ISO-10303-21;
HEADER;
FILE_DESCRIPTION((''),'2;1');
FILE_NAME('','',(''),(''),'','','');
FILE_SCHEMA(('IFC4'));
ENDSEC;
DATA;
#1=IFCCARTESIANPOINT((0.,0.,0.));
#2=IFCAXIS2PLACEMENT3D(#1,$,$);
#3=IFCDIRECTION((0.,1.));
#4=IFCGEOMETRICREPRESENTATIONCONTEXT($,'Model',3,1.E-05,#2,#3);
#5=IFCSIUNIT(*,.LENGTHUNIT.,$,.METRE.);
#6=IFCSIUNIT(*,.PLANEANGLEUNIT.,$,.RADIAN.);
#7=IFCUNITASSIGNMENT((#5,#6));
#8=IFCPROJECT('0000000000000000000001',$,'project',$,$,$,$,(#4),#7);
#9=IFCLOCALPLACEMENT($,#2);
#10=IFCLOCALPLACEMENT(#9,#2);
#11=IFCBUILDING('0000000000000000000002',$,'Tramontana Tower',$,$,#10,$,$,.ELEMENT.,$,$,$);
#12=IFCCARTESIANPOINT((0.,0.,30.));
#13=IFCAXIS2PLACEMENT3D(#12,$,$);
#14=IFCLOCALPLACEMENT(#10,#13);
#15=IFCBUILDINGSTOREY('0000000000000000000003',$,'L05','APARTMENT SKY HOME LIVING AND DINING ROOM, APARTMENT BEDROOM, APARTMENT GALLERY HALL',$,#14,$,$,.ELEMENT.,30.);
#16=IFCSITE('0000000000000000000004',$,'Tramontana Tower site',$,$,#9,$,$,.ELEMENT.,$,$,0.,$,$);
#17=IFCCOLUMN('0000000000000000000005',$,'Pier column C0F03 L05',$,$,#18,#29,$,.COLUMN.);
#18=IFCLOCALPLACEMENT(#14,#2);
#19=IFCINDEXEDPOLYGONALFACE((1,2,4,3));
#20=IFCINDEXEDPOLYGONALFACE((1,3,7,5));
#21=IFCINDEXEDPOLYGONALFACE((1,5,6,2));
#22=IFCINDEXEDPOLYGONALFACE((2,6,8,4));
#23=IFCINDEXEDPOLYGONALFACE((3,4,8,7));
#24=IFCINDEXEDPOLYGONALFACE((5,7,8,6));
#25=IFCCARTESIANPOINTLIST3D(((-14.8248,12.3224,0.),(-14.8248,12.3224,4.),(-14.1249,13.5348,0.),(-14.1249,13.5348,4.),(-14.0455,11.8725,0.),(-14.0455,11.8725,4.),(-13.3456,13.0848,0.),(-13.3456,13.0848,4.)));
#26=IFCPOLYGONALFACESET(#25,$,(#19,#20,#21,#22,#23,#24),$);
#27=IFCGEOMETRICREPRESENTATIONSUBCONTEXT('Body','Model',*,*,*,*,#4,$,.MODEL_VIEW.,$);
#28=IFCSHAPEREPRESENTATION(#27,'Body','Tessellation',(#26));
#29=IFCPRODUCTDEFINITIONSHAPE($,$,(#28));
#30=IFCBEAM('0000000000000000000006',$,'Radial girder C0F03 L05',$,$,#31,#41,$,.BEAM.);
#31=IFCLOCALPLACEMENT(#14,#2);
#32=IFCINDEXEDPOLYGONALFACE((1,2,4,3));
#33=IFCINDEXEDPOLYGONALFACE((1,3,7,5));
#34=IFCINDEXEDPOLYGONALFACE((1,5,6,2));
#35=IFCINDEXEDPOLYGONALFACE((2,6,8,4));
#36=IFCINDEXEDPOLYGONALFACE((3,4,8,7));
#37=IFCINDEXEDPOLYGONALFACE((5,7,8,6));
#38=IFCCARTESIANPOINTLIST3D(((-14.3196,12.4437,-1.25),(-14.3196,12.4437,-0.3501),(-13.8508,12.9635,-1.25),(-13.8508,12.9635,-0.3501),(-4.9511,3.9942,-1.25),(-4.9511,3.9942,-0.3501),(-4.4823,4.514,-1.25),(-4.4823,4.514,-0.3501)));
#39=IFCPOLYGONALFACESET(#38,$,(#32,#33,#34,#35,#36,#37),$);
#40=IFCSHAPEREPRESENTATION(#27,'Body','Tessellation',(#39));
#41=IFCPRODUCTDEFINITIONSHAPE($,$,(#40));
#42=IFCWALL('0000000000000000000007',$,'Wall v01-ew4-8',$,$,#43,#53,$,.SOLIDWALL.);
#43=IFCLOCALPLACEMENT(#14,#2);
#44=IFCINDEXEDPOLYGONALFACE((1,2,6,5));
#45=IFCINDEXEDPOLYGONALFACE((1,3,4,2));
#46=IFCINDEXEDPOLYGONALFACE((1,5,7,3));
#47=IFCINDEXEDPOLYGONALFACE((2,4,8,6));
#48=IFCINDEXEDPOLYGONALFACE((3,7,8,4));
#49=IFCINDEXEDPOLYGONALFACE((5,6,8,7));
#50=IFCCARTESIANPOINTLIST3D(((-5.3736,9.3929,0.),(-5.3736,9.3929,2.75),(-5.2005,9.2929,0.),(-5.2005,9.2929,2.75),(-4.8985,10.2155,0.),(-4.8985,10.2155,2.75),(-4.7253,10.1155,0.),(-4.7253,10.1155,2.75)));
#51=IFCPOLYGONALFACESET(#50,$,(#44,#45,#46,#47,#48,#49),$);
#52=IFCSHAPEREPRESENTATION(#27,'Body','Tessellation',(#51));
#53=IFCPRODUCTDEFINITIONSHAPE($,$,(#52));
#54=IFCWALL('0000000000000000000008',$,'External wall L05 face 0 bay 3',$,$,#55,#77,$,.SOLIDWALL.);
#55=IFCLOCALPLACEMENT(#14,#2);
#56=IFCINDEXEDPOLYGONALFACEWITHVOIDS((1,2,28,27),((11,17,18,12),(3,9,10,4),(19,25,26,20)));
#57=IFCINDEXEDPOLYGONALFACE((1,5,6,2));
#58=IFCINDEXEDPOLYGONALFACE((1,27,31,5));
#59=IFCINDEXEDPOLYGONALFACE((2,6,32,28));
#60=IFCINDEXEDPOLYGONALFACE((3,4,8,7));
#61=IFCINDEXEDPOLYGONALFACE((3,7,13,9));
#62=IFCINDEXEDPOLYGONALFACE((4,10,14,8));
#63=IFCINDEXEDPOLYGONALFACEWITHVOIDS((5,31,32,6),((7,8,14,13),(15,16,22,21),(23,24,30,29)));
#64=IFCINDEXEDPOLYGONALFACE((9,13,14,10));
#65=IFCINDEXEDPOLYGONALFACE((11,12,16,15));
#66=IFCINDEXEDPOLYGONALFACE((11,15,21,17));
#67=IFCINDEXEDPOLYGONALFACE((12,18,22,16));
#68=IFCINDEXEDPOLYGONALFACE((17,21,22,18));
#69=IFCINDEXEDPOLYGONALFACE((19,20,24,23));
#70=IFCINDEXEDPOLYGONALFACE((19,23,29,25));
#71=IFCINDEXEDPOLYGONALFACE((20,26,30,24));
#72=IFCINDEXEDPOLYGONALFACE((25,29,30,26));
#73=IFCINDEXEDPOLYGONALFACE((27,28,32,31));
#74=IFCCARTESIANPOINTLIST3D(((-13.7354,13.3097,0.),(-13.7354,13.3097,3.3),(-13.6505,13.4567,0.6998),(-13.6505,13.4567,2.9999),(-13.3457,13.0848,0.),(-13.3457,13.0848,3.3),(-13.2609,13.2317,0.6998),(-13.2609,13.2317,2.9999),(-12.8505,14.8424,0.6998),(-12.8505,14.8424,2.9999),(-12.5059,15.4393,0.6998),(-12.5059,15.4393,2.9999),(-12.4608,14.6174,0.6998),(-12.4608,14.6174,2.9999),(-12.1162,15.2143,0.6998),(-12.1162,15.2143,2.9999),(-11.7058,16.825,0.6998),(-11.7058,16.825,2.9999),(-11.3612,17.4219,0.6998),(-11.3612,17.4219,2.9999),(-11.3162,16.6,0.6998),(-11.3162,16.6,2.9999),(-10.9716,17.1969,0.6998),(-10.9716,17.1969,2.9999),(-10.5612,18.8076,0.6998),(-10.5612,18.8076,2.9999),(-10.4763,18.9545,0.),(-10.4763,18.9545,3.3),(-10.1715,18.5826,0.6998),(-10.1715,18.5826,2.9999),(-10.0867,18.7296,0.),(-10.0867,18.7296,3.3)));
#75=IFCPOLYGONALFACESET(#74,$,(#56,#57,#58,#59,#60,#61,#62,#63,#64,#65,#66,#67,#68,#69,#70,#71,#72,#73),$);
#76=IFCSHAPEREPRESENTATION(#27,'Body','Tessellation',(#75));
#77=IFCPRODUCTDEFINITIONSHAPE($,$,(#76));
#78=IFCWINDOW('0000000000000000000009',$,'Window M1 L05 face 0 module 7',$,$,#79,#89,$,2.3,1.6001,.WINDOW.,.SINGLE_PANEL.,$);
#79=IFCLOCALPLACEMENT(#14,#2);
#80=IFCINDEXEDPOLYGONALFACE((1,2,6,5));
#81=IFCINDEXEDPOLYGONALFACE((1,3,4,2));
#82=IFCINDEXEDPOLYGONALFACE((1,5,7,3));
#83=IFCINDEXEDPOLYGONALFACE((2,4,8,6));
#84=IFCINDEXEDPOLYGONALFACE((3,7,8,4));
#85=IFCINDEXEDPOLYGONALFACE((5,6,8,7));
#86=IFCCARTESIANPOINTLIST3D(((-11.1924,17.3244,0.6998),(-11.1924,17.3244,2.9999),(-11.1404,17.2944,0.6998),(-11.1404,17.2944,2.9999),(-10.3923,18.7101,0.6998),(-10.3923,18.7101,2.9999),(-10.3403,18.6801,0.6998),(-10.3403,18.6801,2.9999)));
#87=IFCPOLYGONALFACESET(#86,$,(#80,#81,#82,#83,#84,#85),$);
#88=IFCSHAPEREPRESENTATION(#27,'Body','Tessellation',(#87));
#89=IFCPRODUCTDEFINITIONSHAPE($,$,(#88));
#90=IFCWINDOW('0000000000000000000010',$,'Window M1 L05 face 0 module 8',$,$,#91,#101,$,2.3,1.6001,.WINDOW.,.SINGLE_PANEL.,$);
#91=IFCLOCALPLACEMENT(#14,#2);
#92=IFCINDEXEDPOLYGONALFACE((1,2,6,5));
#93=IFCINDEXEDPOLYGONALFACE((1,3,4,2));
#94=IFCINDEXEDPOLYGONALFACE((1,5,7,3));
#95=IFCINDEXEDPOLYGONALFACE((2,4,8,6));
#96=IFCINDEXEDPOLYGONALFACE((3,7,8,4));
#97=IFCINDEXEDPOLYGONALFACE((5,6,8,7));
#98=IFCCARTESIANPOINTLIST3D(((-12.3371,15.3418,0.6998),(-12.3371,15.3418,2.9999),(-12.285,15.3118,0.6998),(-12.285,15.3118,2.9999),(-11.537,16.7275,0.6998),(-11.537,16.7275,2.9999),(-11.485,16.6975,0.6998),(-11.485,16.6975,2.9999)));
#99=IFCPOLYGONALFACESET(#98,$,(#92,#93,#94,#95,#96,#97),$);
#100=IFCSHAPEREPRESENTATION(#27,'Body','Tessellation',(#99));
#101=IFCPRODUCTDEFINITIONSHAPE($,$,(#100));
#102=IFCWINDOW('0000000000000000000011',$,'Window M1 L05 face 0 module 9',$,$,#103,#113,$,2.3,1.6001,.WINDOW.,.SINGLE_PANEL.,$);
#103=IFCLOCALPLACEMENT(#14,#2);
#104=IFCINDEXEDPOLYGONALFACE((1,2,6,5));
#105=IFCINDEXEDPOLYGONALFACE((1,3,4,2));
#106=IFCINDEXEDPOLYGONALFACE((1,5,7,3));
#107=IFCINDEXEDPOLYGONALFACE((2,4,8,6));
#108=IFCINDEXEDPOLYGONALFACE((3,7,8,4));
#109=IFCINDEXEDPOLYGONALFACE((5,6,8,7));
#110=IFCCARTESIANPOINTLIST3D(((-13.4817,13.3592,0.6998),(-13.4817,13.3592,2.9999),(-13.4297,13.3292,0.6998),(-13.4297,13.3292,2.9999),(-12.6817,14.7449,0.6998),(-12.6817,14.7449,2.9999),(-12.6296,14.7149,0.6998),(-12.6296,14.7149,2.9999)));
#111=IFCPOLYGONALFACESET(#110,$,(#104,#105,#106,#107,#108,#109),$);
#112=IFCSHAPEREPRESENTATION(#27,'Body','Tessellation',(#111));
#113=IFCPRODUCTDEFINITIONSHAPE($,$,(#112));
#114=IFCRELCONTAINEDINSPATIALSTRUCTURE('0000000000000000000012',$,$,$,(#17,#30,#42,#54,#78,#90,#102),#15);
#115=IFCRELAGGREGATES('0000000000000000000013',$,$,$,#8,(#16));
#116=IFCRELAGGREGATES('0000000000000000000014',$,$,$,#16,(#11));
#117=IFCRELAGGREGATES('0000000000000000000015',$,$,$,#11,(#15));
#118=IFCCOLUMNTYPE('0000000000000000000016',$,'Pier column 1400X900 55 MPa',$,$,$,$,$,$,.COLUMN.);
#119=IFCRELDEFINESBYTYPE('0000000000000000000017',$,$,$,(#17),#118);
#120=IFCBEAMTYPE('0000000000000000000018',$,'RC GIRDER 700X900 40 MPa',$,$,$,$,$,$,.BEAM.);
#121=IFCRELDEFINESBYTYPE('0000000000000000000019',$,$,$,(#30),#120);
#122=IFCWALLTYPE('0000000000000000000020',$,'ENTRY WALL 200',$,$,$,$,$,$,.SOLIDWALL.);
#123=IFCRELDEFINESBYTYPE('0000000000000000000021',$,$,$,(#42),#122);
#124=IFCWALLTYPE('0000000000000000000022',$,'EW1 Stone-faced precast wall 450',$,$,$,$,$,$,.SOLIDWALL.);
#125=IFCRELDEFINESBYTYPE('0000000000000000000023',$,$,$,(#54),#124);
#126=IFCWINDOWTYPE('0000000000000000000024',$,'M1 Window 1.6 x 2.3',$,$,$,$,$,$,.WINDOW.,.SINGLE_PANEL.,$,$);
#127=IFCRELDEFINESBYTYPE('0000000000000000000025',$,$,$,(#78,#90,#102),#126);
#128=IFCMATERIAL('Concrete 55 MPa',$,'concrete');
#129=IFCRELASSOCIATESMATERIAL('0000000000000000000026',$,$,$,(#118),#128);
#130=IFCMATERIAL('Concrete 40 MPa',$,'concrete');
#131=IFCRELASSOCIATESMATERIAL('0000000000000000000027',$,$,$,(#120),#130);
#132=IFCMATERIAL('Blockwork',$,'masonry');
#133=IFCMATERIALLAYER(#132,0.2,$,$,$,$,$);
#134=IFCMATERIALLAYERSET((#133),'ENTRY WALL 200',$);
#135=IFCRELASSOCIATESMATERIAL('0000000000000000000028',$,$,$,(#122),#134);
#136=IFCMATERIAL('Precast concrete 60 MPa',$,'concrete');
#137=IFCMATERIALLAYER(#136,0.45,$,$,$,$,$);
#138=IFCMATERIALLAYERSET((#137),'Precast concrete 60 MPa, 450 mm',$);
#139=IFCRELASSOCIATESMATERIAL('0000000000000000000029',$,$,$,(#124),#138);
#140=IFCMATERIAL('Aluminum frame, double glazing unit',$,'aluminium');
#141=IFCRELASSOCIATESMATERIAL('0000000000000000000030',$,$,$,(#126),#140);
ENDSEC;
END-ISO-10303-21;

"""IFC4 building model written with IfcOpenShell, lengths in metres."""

from ifc_helpers import new_model, si_unit, direction, frame, frame_2d, origin, origin_2d, place, context, subcontext, project, spatial, rectangle, extrude, material, layer, layer_set, material_profile, profile_set, type_object, element, fill, save


model = new_model("IFC4")

# Units and contexts
model_context = context("Model", 3, precision=1e-05, world=origin(), true_north=direction((0.0, 1.0)))
body_context = subcontext(model_context, "Body", "Model", "MODEL_VIEW")
ifc_project = project(units=[si_unit("LENGTHUNIT", "METRE"), si_unit("PLANEANGLEUNIT", "RADIAN")], contexts=[model_context])

# Site, building, storey
site_placement = place(None, origin())
site = spatial("IfcSite", under=ifc_project, at=site_placement, Name="Tramontana Tower site", CompositionType="ELEMENT", RefElevation=0.0)
building_placement = place(site_placement, origin())
building = spatial("IfcBuilding", under=site, at=building_placement, Name="Tramontana Tower", CompositionType="ELEMENT")
storey_placement = place(building_placement, frame((0.0, 0.0, 30.0)))
storey = spatial("IfcBuildingStorey", under=building, at=storey_placement, Name="L05", Description="APARTMENT SKY HOME LIVING AND DINING ROOM, APARTMENT BEDROOM, APARTMENT GALLERY HALL", CompositionType="ELEMENT", Elevation=30.0)

# Column
ifc_material_1 = material(Name="Concrete 55 MPa", Category="concrete")
ifc_material_profile_1 = material_profile(ifc_material_1, rectangle(XDim=1.3999, YDim=0.8999, at=origin_2d()), Name="Pier column 1400X900 55 MPa")
ifc_profile_set_1 = profile_set([ifc_material_profile_1], Name="Concrete 55 MPa")
column_type = type_object("IfcColumnType", Name="Pier column 1400X900 55 MPa", PredefinedType="COLUMN", material=ifc_profile_set_1)
column_placement = place(storey_placement, frame((-14.0852, 12.7036, 0.0), z_axis=(0.0, 0.0, 1.0), x_axis=(-0.5, -0.866025, 0.0)))
element("IfcColumn", 1, at=column_placement, inside=storey, type_object=column_type, Name="Pier column C0F03 L05", PredefinedType="COLUMN", context=body_context, shape_type="SweptSolid", body=[
    extrude(rectangle(XDim=1.3999, YDim=0.8999, at=origin_2d()), origin(), (0.0, 0.0, 1.0), 4.0),
])

# Beam
ifc_material_2 = material(Name="Concrete 40 MPa", Category="concrete")
ifc_material_profile_2 = material_profile(ifc_material_2, rectangle(XDim=0.7, YDim=0.8999, at=origin_2d()), Name="RC GIRDER 700X900 40 MPa")
ifc_profile_set_2 = profile_set([ifc_material_profile_2], Name="Concrete 40 MPa")
beam_type = type_object("IfcBeamType", Name="RC GIRDER 700X900 40 MPa", PredefinedType="BEAM", material=ifc_profile_set_2)
beam_placement = place(storey_placement, frame((-14.0852, 12.7036, -0.8), z_axis=(0.742588, -0.669748, 0.0), x_axis=(0.669748, 0.742588, 0.0)))
element("IfcBeam", 2, at=beam_placement, inside=storey, type_object=beam_type, Name="Radial girder C0F03 L05", PredefinedType="BEAM", context=body_context, shape_type="SweptSolid", body=[
    extrude(rectangle(XDim=0.7, YDim=0.8999, at=origin_2d()), origin(), (0.0, 0.0, 1.0), 12.616),
])

# Wall
ifc_material_3 = material(Name="Blockwork", Category="masonry")
ifc_layer_1 = layer(ifc_material_3, 0.2)
ifc_layer_set_1 = layer_set([ifc_layer_1], Name="ENTRY WALL 200")
wall_type_1 = type_object("IfcWallType", Name="ENTRY WALL 200", PredefinedType="SOLIDWALL", material=ifc_layer_set_1)
wall_1_placement = place(storey_placement, frame((-5.2871, 9.3428, 0.0), z_axis=(0.0, 0.0, 1.0), x_axis=(0.500175, 0.865924, 0.0)))
element("IfcWall", 3, at=wall_1_placement, inside=storey, type_object=wall_type_1, Name="Wall v01-ew4-8", PredefinedType="SOLIDWALL", context=body_context, shape_type="SweptSolid", body=[
    extrude(rectangle(XDim=0.95, YDim=0.2, at=frame_2d((0.4751, 0.0))), origin(), (0.0, 0.0, 1.0), 2.75),
])

# Wall, openings, windows
ifc_material_4 = material(Name="Precast concrete 60 MPa", Category="concrete")
ifc_layer_2 = layer(ifc_material_4, 0.45)
ifc_layer_set_2 = layer_set([ifc_layer_2], Name="Precast concrete 60 MPa, 450 mm")
wall_type_2 = type_object("IfcWallType", Name="EW1 Stone-faced precast wall 450", PredefinedType="SOLIDWALL", material=ifc_layer_set_2)
wall_2_placement = place(storey_placement, frame((-10.2815, 18.842, 0.0), z_axis=(0.0, 0.0, 1.0), x_axis=(-0.500002, -0.866024, 0.0)))
wall_2 = element("IfcWall", 4, at=wall_2_placement, inside=storey, type_object=wall_type_2, Name="External wall L05 face 0 bay 3", PredefinedType="SOLIDWALL", context=body_context, shape_type="SweptSolid", body=[
    extrude(rectangle(XDim=6.5181, YDim=0.45, at=frame_2d((3.259, 0.0))), origin(), (0.0, 0.0, 1.0), 3.3),
])
opening_1_placement = place(wall_2_placement, frame((0.1697, 0.0, 0.7)))
opening_1 = element("IfcOpeningElement", 5, at=opening_1_placement, cuts=wall_2, PredefinedType="OPENING", context=body_context, shape_type="SweptSolid", body=[
    extrude(rectangle(XDim=1.6001, YDim=2.3, at=frame_2d((0.8, 1.1499))), frame((0.0, 0.2349, 0.0), z_axis=(0.0, -1.0, 0.0), x_axis=(1.0, 0.0, 0.0)), (0.0, 0.0, 1.0), 0.47),
])
opening_2_placement = place(wall_2_placement, frame((2.459, 0.0, 0.7)))
opening_2 = element("IfcOpeningElement", 6, at=opening_2_placement, cuts=wall_2, PredefinedType="OPENING", context=body_context, shape_type="SweptSolid", body=[
    extrude(rectangle(XDim=1.6001, YDim=2.3, at=frame_2d((0.8, 1.1499))), frame((0.0, 0.2349, 0.0), z_axis=(0.0, -1.0, 0.0), x_axis=(1.0, 0.0, 0.0)), (0.0, 0.0, 1.0), 0.47),
])
opening_3_placement = place(wall_2_placement, frame((4.7483, 0.0, 0.7)))
opening_3 = element("IfcOpeningElement", 7, at=opening_3_placement, cuts=wall_2, PredefinedType="OPENING", context=body_context, shape_type="SweptSolid", body=[
    extrude(rectangle(XDim=1.6001, YDim=2.3, at=frame_2d((0.8, 1.1499))), frame((0.0, 0.2349, 0.0), z_axis=(0.0, -1.0, 0.0), x_axis=(1.0, 0.0, 0.0)), (0.0, 0.0, 1.0), 0.47),
])
ifc_material_5 = material(Name="Aluminum frame, double glazing unit", Category="aluminium")
window_type = type_object("IfcWindowType", Name="M1 Window 1.6 x 2.3", PartitioningType="SINGLE_PANEL", PredefinedType="WINDOW", material=ifc_material_5)
window_1_placement = place(opening_1_placement, origin())
window_1 = element("IfcWindow", 8, at=window_1_placement, inside=storey, type_object=window_type, Name="Window M1 L05 face 0 module 7", OverallHeight=2.3, OverallWidth=1.6001, PartitioningType="SINGLE_PANEL", PredefinedType="WINDOW", context=body_context, shape_type="SweptSolid", body=[
    extrude(rectangle(XDim=1.6001, YDim=2.3, at=frame_2d((0.8, 1.1499))), frame((0.0, 0.03, 0.0), z_axis=(0.0, -1.0, 0.0), x_axis=(1.0, 0.0, 0.0)), (0.0, 0.0, 1.0), 0.0601),
])
fill(opening_1, window_1)
window_2_placement = place(opening_2_placement, origin())
window_2 = element("IfcWindow", 9, at=window_2_placement, inside=storey, type_object=window_type, Name="Window M1 L05 face 0 module 8", OverallHeight=2.3, OverallWidth=1.6001, PartitioningType="SINGLE_PANEL", PredefinedType="WINDOW", context=body_context, shape_type="SweptSolid", body=[
    extrude(rectangle(XDim=1.6001, YDim=2.3, at=frame_2d((0.8, 1.1499))), frame((0.0, 0.03, 0.0), z_axis=(0.0, -1.0, 0.0), x_axis=(1.0, 0.0, 0.0)), (0.0, 0.0, 1.0), 0.0601),
])
fill(opening_2, window_2)
window_3_placement = place(opening_3_placement, origin())
window_3 = element("IfcWindow", 10, at=window_3_placement, inside=storey, type_object=window_type, Name="Window M1 L05 face 0 module 9", OverallHeight=2.3, OverallWidth=1.6001, PartitioningType="SINGLE_PANEL", PredefinedType="WINDOW", context=body_context, shape_type="SweptSolid", body=[
    extrude(rectangle(XDim=1.6001, YDim=2.3, at=frame_2d((0.8, 1.1499))), frame((0.0, 0.03, 0.0), z_axis=(0.0, -1.0, 0.0), x_axis=(1.0, 0.0, 0.0)), (0.0, 0.0, 1.0), 0.0601),
])
fill(opening_3, window_3)

save(model, "model.ifc")
